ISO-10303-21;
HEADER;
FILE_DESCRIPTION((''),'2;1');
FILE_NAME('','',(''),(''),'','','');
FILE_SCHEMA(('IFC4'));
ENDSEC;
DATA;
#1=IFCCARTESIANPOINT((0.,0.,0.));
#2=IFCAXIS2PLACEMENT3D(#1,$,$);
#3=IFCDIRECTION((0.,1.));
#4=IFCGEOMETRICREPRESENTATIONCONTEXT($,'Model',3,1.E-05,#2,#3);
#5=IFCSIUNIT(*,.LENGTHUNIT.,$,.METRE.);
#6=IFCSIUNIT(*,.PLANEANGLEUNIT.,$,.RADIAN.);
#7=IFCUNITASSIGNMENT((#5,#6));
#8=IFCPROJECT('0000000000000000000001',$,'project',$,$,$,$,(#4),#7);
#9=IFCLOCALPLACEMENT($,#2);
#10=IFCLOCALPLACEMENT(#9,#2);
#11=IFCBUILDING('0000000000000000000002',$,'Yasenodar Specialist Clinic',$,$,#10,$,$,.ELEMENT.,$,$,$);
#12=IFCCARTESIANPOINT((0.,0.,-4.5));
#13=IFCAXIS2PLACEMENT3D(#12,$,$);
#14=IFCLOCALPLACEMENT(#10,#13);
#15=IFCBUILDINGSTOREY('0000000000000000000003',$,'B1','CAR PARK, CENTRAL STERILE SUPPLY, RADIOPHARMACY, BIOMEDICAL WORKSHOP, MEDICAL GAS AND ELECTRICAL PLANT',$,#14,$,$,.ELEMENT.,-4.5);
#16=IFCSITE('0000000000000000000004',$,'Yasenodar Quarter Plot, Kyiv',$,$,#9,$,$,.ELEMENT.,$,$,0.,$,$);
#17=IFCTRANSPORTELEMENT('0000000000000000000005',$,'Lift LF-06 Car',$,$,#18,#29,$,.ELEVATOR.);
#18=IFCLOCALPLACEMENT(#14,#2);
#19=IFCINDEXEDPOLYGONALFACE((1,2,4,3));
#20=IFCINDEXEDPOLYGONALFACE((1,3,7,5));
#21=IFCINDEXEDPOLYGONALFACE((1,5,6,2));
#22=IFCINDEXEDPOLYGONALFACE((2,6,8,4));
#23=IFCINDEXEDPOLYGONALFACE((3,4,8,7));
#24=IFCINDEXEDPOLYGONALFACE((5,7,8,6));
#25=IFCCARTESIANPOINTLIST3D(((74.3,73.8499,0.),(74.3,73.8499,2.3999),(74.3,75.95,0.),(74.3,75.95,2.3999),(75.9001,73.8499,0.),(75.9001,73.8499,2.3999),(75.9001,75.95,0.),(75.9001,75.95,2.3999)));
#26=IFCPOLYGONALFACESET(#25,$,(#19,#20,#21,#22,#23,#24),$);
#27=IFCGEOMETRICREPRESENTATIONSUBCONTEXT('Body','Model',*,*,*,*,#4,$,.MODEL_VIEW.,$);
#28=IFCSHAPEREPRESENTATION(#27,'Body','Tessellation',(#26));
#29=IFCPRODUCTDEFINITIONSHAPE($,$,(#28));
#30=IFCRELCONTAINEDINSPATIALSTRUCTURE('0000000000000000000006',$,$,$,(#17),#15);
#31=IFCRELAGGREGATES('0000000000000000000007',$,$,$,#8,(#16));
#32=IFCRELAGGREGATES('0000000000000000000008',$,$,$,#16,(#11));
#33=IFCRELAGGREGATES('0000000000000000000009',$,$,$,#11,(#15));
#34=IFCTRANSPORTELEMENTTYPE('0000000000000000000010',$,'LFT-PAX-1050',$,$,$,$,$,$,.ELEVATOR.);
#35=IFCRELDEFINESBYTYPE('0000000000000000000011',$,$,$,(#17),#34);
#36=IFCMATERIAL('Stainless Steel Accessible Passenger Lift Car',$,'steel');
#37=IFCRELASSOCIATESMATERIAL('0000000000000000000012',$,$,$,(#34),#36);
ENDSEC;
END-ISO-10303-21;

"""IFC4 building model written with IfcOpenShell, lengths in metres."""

from ifc_helpers import new_model, si_unit, direction, frame, origin, origin_2d, place, context, subcontext, project, spatial, rectangle, extrude, material, type_object, element, save


model = new_model("IFC4")

# Units and contexts
model_context = context("Model", 3, precision=1e-05, world=origin(), true_north=direction((0.0, 1.0)))
body_context = subcontext(model_context, "Body", "Model", "MODEL_VIEW")
ifc_project = project(units=[si_unit("LENGTHUNIT", "METRE"), si_unit("PLANEANGLEUNIT", "RADIAN")], contexts=[model_context])

# Site, building, storey
site_placement = place(None, origin())
site = spatial("IfcSite", under=ifc_project, at=site_placement, Name="Yasenodar Quarter Plot, Kyiv", CompositionType="ELEMENT", RefElevation=0.0)
building_placement = place(site_placement, origin())
building = spatial("IfcBuilding", under=site, at=building_placement, Name="Yasenodar Specialist Clinic", CompositionType="ELEMENT")
storey_placement = place(building_placement, frame((0.0, 0.0, -4.5)))
storey = spatial("IfcBuildingStorey", under=building, at=storey_placement, Name="B1", Description="CAR PARK, CENTRAL STERILE SUPPLY, RADIOPHARMACY, BIOMEDICAL WORKSHOP, MEDICAL GAS AND ELECTRICAL PLANT", CompositionType="ELEMENT", Elevation=-4.5)

# Transport element
ifc_material_1 = material(Name="Stainless Steel Accessible Passenger Lift Car", Category="steel")
transport_element_type = type_object("IfcTransportElementType", Name="LFT-PAX-1050", PredefinedType="ELEVATOR", material=ifc_material_1)
transport_element_placement = place(storey_placement, frame((75.1001, 74.8999, 0.0), z_axis=(0.0, 0.0, 1.0), x_axis=(1.0, 0.0, 0.0)))
element("IfcTransportElement", 1, at=transport_element_placement, inside=storey, type_object=transport_element_type, Name="Lift LF-06 Car", PredefinedType="ELEVATOR", context=body_context, shape_type="SweptSolid", body=[
    extrude(rectangle(XDim=1.6001, YDim=2.1001, at=origin_2d()), origin(), (0.0, 0.0, 1.0), 2.3999),
])

save(model, "model.ifc")
